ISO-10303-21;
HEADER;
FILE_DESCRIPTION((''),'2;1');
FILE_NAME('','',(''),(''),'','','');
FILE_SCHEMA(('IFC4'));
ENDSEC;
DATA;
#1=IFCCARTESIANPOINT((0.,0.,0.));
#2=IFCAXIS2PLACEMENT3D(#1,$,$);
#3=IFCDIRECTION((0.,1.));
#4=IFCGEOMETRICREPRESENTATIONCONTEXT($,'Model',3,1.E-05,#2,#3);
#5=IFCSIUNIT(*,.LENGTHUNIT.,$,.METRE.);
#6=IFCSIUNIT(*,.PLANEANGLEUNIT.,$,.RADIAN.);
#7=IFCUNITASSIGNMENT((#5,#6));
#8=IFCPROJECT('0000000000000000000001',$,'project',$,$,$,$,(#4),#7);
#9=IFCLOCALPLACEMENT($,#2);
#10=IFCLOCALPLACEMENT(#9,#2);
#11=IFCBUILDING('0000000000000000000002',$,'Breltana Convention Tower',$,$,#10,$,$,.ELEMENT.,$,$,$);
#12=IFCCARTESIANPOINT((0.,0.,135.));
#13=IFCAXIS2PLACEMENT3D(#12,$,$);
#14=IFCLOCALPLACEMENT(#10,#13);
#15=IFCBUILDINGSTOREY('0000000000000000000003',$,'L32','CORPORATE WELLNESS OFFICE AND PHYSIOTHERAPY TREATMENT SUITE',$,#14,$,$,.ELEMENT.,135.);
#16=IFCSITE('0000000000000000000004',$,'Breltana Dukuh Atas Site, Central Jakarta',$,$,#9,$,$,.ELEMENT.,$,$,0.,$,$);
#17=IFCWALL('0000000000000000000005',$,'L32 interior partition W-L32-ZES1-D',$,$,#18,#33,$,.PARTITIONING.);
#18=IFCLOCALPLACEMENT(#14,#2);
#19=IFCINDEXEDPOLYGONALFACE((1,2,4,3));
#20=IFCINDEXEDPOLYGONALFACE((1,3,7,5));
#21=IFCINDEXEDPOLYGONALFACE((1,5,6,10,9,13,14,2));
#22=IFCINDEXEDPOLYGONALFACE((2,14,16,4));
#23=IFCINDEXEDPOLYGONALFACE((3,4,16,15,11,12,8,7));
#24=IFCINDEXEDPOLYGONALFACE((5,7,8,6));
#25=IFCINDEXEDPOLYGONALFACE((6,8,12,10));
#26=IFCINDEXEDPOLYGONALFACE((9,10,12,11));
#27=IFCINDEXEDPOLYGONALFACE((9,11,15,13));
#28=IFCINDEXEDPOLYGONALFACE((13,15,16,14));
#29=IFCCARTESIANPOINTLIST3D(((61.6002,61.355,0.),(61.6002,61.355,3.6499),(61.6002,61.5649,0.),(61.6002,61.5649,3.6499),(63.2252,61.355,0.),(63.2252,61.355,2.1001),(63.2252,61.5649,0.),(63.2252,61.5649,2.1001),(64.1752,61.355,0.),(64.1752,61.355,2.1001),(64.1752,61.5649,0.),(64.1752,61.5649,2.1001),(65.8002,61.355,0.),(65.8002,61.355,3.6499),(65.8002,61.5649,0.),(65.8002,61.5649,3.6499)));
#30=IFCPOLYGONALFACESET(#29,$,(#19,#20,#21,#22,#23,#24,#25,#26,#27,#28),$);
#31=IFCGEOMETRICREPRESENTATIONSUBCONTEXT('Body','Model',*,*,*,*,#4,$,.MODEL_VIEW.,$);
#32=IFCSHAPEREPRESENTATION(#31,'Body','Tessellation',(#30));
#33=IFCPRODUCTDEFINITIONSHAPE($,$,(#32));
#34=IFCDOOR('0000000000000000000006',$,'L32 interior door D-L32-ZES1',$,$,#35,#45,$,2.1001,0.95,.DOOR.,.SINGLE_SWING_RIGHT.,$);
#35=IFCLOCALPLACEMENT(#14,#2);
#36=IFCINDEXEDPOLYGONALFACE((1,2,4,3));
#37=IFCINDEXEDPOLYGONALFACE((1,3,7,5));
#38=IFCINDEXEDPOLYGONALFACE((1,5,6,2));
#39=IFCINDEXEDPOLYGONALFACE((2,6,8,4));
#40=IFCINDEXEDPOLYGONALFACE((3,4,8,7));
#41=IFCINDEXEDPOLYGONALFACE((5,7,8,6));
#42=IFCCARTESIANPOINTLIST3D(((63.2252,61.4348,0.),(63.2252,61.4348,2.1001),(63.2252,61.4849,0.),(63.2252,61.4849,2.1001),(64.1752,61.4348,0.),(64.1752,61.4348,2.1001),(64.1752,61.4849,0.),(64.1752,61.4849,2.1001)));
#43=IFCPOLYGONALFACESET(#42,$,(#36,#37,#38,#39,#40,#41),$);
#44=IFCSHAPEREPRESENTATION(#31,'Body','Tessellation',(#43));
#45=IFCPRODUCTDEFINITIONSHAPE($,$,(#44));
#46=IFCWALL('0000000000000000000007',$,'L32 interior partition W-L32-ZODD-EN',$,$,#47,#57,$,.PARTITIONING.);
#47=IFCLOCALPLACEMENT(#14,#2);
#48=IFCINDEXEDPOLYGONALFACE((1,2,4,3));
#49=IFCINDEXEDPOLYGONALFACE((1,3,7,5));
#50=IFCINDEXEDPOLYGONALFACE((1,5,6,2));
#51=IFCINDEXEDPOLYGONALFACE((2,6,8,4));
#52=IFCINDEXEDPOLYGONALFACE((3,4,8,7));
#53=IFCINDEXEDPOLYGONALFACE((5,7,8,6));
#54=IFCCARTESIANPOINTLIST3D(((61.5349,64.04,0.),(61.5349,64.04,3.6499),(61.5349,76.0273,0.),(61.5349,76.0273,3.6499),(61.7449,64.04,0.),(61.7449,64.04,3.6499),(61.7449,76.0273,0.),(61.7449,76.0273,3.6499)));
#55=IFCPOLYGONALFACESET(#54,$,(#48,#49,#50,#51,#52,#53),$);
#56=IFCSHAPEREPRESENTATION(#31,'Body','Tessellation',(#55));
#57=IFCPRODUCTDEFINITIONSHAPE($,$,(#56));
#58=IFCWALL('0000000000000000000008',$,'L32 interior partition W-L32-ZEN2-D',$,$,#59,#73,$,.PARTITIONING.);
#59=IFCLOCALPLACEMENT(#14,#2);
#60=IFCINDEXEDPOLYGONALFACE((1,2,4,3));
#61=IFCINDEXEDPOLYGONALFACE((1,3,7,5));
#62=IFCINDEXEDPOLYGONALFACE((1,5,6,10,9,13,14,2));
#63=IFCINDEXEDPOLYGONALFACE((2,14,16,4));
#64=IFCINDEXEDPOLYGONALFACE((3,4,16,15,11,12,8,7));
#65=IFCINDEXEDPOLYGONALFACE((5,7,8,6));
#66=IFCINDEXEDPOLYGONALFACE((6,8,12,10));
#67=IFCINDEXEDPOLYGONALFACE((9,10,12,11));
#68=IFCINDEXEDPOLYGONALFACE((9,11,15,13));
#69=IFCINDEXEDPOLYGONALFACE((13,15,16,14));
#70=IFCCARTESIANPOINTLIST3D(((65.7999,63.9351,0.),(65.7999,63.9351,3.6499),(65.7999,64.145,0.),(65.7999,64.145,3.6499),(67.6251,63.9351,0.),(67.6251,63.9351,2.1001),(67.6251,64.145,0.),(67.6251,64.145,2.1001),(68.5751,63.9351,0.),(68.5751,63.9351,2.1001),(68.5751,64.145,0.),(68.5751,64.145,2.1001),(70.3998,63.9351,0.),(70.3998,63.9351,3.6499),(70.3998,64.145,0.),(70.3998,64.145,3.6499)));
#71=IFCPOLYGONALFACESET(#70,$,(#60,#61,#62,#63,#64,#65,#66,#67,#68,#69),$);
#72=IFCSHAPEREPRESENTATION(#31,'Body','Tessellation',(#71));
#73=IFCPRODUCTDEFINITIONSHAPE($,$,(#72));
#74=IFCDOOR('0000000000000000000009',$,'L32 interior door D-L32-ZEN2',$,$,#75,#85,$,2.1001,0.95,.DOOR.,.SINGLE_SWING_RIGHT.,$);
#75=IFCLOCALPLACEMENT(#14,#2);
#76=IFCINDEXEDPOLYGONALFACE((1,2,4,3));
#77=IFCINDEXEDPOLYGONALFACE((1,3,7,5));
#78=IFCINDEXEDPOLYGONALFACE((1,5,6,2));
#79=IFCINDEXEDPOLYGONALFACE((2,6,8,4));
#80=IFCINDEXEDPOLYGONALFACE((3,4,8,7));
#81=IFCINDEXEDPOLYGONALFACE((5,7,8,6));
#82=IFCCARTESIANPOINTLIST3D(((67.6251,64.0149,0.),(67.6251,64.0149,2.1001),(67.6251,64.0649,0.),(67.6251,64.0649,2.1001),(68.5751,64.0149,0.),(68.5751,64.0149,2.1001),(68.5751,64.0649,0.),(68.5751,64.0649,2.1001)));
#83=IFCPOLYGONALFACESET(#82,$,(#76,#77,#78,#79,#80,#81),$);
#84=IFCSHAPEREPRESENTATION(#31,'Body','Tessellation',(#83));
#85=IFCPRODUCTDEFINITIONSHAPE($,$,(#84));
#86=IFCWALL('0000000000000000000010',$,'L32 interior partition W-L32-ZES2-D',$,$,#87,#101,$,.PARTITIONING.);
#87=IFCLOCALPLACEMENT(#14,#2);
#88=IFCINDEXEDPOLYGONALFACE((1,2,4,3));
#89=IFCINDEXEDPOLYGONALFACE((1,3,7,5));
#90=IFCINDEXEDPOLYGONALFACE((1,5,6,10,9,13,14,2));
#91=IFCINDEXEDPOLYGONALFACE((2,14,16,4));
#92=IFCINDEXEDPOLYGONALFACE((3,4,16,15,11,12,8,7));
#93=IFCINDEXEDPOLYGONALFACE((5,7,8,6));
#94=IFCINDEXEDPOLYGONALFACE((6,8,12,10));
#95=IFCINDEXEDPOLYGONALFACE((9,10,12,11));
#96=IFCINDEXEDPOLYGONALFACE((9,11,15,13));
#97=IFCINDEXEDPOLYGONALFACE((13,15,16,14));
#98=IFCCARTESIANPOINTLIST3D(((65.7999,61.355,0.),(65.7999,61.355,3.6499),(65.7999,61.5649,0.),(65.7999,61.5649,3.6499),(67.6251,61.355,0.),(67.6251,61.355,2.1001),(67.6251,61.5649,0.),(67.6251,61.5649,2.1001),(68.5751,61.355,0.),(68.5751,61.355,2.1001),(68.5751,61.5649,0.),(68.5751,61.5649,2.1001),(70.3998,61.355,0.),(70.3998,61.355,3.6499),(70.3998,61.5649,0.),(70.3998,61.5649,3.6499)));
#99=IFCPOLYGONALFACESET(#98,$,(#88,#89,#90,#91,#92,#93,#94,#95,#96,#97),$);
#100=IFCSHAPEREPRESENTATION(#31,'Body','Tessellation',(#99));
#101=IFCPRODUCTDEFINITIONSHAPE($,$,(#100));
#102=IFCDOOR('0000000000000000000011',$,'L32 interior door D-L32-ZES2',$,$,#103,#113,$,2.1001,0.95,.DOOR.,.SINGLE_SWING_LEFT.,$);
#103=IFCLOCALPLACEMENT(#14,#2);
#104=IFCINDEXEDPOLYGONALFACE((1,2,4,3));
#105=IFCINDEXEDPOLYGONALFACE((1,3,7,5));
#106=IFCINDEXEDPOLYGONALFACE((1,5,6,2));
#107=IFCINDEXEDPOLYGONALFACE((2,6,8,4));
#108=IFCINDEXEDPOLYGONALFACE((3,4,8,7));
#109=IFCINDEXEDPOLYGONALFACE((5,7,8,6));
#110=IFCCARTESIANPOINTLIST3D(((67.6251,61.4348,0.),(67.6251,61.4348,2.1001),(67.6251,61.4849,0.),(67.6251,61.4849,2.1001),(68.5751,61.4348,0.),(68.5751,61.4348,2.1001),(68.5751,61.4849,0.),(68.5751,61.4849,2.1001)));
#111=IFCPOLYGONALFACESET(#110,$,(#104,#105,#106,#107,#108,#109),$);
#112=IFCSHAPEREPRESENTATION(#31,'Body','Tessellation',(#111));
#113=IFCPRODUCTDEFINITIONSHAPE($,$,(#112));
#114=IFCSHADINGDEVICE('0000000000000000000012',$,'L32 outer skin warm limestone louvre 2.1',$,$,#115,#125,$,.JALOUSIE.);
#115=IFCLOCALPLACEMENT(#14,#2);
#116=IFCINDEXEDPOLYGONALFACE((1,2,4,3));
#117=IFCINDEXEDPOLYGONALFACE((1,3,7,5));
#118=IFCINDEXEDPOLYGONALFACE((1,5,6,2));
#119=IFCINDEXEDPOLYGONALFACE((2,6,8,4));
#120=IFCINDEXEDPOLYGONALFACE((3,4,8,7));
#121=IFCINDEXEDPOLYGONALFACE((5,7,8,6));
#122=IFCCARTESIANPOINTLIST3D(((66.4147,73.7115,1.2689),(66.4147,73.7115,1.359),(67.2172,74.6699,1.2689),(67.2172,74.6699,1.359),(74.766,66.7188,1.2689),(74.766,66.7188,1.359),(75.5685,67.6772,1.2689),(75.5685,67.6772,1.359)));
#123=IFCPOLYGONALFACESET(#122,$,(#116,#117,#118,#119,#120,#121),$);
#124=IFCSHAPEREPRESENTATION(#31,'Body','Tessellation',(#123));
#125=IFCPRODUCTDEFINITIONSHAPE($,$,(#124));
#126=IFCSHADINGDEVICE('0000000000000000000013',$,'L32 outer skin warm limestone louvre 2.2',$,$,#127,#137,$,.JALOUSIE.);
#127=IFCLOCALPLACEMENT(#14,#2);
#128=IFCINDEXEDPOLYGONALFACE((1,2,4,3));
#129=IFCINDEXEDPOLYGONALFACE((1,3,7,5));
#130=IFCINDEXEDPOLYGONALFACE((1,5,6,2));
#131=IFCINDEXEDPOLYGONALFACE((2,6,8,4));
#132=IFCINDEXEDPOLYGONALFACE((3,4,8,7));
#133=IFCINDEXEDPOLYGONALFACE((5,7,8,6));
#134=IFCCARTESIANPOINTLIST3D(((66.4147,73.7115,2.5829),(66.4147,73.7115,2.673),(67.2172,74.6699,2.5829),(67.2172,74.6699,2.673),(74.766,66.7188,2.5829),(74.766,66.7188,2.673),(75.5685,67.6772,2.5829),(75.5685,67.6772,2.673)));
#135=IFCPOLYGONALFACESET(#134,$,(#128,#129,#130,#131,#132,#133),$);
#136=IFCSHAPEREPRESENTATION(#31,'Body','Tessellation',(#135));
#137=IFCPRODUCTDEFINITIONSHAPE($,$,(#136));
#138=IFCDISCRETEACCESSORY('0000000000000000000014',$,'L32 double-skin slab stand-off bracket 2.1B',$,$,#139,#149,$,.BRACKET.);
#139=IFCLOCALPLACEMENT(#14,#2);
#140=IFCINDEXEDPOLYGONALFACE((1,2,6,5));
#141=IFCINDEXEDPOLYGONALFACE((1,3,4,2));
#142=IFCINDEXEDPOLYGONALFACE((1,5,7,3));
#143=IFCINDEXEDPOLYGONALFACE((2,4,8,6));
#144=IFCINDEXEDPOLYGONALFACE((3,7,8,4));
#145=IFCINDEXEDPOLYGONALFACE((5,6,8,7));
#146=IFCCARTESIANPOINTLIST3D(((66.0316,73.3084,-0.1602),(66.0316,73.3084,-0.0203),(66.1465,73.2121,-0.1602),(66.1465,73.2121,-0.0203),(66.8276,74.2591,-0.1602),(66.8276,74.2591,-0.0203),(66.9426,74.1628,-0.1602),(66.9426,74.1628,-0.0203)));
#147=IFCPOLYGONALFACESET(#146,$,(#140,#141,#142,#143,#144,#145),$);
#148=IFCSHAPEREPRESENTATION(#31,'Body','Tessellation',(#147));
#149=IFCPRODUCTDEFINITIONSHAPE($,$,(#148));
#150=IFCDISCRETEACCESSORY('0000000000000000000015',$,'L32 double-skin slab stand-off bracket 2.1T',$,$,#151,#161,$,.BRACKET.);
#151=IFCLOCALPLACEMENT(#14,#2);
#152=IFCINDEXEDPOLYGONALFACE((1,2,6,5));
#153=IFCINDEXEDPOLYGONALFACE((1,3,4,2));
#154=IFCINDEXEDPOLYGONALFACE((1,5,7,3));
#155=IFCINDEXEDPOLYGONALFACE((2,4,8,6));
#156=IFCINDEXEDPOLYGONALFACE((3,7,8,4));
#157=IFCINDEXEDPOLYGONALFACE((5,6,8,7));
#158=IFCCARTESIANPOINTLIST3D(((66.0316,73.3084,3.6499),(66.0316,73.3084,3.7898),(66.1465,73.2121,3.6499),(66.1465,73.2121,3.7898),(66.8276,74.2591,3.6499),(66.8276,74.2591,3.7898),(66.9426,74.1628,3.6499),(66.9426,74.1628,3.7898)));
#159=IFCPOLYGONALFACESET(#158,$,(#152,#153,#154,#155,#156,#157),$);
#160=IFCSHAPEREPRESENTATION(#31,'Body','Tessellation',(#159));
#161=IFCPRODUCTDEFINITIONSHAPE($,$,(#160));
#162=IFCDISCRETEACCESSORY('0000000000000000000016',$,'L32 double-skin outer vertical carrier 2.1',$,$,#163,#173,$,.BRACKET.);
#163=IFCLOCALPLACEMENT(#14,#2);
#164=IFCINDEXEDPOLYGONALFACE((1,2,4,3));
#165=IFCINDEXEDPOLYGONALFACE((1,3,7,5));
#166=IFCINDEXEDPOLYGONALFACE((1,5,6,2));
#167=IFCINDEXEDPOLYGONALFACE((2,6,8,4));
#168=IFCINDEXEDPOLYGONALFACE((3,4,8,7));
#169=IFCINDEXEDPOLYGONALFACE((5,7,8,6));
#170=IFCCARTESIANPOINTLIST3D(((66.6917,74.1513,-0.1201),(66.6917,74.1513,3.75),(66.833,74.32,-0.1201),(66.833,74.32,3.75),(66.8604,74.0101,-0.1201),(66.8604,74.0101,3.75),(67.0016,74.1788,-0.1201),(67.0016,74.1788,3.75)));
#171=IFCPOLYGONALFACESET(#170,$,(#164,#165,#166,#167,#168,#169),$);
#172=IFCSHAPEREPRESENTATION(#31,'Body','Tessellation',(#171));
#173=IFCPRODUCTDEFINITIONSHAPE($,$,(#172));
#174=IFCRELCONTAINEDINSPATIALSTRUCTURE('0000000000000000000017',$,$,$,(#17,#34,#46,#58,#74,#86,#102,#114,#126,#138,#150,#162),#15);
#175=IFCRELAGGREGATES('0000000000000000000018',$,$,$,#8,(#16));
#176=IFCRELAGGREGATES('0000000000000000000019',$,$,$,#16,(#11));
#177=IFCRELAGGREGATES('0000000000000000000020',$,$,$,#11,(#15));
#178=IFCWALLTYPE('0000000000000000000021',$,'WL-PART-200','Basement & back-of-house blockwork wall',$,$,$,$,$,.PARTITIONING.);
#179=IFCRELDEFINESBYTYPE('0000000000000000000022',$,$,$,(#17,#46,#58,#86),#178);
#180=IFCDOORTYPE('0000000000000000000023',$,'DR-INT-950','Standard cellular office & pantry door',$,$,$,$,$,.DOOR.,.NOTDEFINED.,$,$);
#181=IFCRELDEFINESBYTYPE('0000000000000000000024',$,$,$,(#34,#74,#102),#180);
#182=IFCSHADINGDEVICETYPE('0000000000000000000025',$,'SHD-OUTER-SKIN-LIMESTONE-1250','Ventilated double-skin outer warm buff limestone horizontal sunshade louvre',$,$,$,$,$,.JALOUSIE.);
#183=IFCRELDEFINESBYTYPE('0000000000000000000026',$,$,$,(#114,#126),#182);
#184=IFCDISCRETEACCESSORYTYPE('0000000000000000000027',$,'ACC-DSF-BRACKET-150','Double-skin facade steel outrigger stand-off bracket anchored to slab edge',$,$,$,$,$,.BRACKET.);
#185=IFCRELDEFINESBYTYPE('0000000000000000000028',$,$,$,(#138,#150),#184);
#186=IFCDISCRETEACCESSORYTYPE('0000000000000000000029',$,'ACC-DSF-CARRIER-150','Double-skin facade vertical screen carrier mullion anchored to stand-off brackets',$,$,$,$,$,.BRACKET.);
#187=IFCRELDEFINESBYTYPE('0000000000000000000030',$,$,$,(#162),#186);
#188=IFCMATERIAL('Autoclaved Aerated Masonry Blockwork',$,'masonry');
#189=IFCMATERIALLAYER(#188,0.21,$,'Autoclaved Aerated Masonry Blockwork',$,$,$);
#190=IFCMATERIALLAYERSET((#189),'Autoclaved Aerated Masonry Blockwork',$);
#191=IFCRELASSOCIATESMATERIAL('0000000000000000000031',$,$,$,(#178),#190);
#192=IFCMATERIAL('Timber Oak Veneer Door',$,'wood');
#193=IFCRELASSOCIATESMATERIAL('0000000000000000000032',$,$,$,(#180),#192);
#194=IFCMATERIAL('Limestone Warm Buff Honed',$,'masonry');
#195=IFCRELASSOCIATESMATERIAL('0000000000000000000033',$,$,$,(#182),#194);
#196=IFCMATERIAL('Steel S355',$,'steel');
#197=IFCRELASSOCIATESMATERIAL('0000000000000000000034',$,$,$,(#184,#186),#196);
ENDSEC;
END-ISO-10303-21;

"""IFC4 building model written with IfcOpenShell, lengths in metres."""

from ifc_helpers import new_model, si_unit, direction, frame, frame_2d, origin, origin_2d, place, context, subcontext, project, spatial, rectangle, extrude, source, transform, mapped, material, layer, layer_set, material_profile, profile_set, type_object, type_shapes, element, fill, save


model = new_model("IFC4")

# Units and contexts
model_context = context("Model", 3, precision=1e-05, world=origin(), true_north=direction((0.0, 1.0)))
body_context = subcontext(model_context, "Body", "Model", "MODEL_VIEW")
ifc_project = project(units=[si_unit("LENGTHUNIT", "METRE"), si_unit("PLANEANGLEUNIT", "RADIAN")], contexts=[model_context])

# Site, building, storey
site_placement = place(None, origin())
site = spatial("IfcSite", under=ifc_project, at=site_placement, Name="Breltana Dukuh Atas Site, Central Jakarta", CompositionType="ELEMENT", RefElevation=0.0)
building_placement = place(site_placement, origin())
building = spatial("IfcBuilding", under=site, at=building_placement, Name="Breltana Convention Tower", CompositionType="ELEMENT")
storey_placement = place(building_placement, frame((0.0, 0.0, 135.0)))
storey = spatial("IfcBuildingStorey", under=building, at=storey_placement, Name="L32", Description="CORPORATE WELLNESS OFFICE AND PHYSIOTHERAPY TREATMENT SUITE", CompositionType="ELEMENT", Elevation=135.0)

# Shared definitions
ifc_material_1 = material(Name="Autoclaved Aerated Masonry Blockwork", Category="masonry")
ifc_layer_1 = layer(ifc_material_1, 0.21, Name="Autoclaved Aerated Masonry Blockwork")
ifc_layer_set_1 = layer_set([ifc_layer_1], Name="Autoclaved Aerated Masonry Blockwork")
wall_type_1 = type_object("IfcWallType", Name="WL-PART-200", Description="Basement & back-of-house blockwork wall", PredefinedType="PARTITIONING", material=ifc_layer_set_1)

# Wall, opening, door
shared_shape_1 = source(origin(), body_context, "Body", "SweptSolid", [
    extrude(rectangle(XDim=4.2, YDim=0.21, at=frame_2d((2.1001, 0.0))), origin(), (0.0, 0.0, 1.0), 3.6499),
])
ifc_material_2 = material(Name="Timber Oak Veneer Door", Category="wood")
door_type = type_object("IfcDoorType", Name="DR-INT-950", Description="Standard cellular office & pantry door", OperationType="NOTDEFINED", PredefinedType="DOOR", material=ifc_material_2)
shared_shape_2 = source(origin(), body_context, "Body", "SweptSolid", [
    extrude(rectangle(XDim=0.95, YDim=2.1001, at=frame_2d((0.4751, 1.05))), frame((0.0, 0.0249, 0.0), z_axis=(0.0, -1.0, 0.0), x_axis=(1.0, 0.0, 0.0)), (0.0, 0.0, 1.0), 0.05),
])
type_shapes(door_type, [shared_shape_2])
wall_1_placement = place(storey_placement, frame((61.6001, 61.46, 0.0), z_axis=(0.0, 0.0, 1.0), x_axis=(1.0, 0.0, 0.0)))
wall_1 = element("IfcWall", 1, at=wall_1_placement, inside=storey, type_object=wall_type_1, Name="L32 interior partition W-L32-ZES1-D", PredefinedType="PARTITIONING", context=body_context, shape_type="MappedRepresentation", body=[
    mapped(shared_shape_1, transform((0.0, 0.0, 0.0), scale=1.0)),
])
opening_1_placement = place(wall_1_placement, frame((1.625, 0.0, 0.0)))
opening_1 = element("IfcOpeningElement", 2, at=opening_1_placement, cuts=wall_1, PredefinedType="OPENING", context=body_context, shape_type="SweptSolid", body=[
    extrude(rectangle(XDim=0.95, YDim=2.1001, at=frame_2d((0.4751, 1.05))), frame((0.0, 0.115, 0.0), z_axis=(0.0, -1.0, 0.0), x_axis=(1.0, 0.0, 0.0)), (0.0, 0.0, 1.0), 0.23),
])
door_1_placement = place(opening_1_placement, origin())
door_1 = element("IfcDoor", 3, at=door_1_placement, inside=storey, type_object=door_type, Name="L32 interior door D-L32-ZES1", OperationType="SINGLE_SWING_RIGHT", OverallHeight=2.1001, OverallWidth=0.95, PredefinedType="DOOR", context=body_context, shape_type="MappedRepresentation", body=[
    mapped(shared_shape_2, transform((0.0, 0.0, 0.0), scale=1.0)),
])
fill(opening_1, door_1)

# Wall
shared_shape_3 = source(origin(), body_context, "Body", "SweptSolid", [
    extrude(rectangle(XDim=11.9873, YDim=0.21, at=frame_2d((5.9937, 0.0))), origin(), (0.0, 0.0, 1.0), 3.6499),
])
wall_2_placement = place(storey_placement, frame((61.6399, 64.04, 0.0), z_axis=(0.0, 0.0, 1.0), x_axis=(0.0, 1.0, 0.0)))
element("IfcWall", 4, at=wall_2_placement, inside=storey, type_object=wall_type_1, Name="L32 interior partition W-L32-ZODD-EN", PredefinedType="PARTITIONING", context=body_context, shape_type="MappedRepresentation", body=[
    mapped(shared_shape_3, transform((0.0, 0.0, 0.0), scale=1.0)),
])

# Walls, openings, doors
shared_shape_4 = source(origin(), body_context, "Body", "SweptSolid", [
    extrude(rectangle(XDim=4.5999, YDim=0.21, at=frame_2d((2.2998, 0.0))), origin(), (0.0, 0.0, 1.0), 3.6499),
])
wall_3_placement = place(storey_placement, frame((65.8, 64.04, 0.0), z_axis=(0.0, 0.0, 1.0), x_axis=(1.0, 0.0, 0.0)))
wall_3 = element("IfcWall", 5, at=wall_3_placement, inside=storey, type_object=wall_type_1, Name="L32 interior partition W-L32-ZEN2-D", PredefinedType="PARTITIONING", context=body_context, shape_type="MappedRepresentation", body=[
    mapped(shared_shape_4, transform((0.0, 0.0, 0.0), scale=1.0)),
])
opening_2_placement = place(wall_3_placement, frame((1.825, 0.0, 0.0)))
opening_2 = element("IfcOpeningElement", 6, at=opening_2_placement, cuts=wall_3, PredefinedType="OPENING", context=body_context, shape_type="SweptSolid", body=[
    extrude(rectangle(XDim=0.95, YDim=2.1001, at=frame_2d((0.4751, 1.05))), frame((0.0, 0.115, 0.0), z_axis=(0.0, -1.0, 0.0), x_axis=(1.0, 0.0, 0.0)), (0.0, 0.0, 1.0), 0.23),
])
door_2_placement = place(opening_2_placement, origin())
door_2 = element("IfcDoor", 7, at=door_2_placement, inside=storey, type_object=door_type, Name="L32 interior door D-L32-ZEN2", OperationType="SINGLE_SWING_RIGHT", OverallHeight=2.1001, OverallWidth=0.95, PredefinedType="DOOR", context=body_context, shape_type="MappedRepresentation", body=[
    mapped(shared_shape_2, transform((0.0, 0.0, 0.0), scale=1.0)),
])
fill(opening_2, door_2)
wall_4_placement = place(storey_placement, frame((65.8, 61.46, 0.0), z_axis=(0.0, 0.0, 1.0), x_axis=(1.0, 0.0, 0.0)))
wall_4 = element("IfcWall", 8, at=wall_4_placement, inside=storey, type_object=wall_type_1, Name="L32 interior partition W-L32-ZES2-D", PredefinedType="PARTITIONING", context=body_context, shape_type="MappedRepresentation", body=[
    mapped(shared_shape_4, transform((0.0, 0.0, 0.0), scale=1.0)),
])
opening_3_placement = place(wall_4_placement, frame((1.825, 0.0, 0.0)))
opening_3 = element("IfcOpeningElement", 9, at=opening_3_placement, cuts=wall_4, PredefinedType="OPENING", context=body_context, shape_type="SweptSolid", body=[
    extrude(rectangle(XDim=0.95, YDim=2.1001, at=frame_2d((0.4751, 1.05))), frame((0.0, 0.115, 0.0), z_axis=(0.0, -1.0, 0.0), x_axis=(1.0, 0.0, 0.0)), (0.0, 0.0, 1.0), 0.23),
])
door_3_placement = place(opening_3_placement, origin())
door_3 = element("IfcDoor", 10, at=door_3_placement, inside=storey, type_object=door_type, Name="L32 interior door D-L32-ZES2", OperationType="SINGLE_SWING_LEFT", OverallHeight=2.1001, OverallWidth=0.95, PredefinedType="DOOR", context=body_context, shape_type="MappedRepresentation", body=[
    mapped(shared_shape_2, transform((0.0, 0.0, 0.0), scale=1.0)),
])
fill(opening_3, door_3)

# Shading devices
ifc_material_3 = material(Name="Limestone Warm Buff Honed", Category="masonry")
ifc_material_profile_1 = material_profile(ifc_material_3, rectangle(XDim=1.25, YDim=0.0901, at=origin_2d()), Name="STN-LVR-1250X90")
ifc_profile_set_1 = profile_set([ifc_material_profile_1], Name="Limestone Warm Buff Honed")
shading_device_type = type_object("IfcShadingDeviceType", Name="SHD-OUTER-SKIN-LIMESTONE-1250", Description="Ventilated double-skin outer warm buff limestone horizontal sunshade louvre", PredefinedType="JALOUSIE", material=ifc_profile_set_1)
shared_shape_5 = source(origin(), body_context, "Body", "SweptSolid", [
    extrude(rectangle(XDim=1.25, YDim=0.0901, at=origin_2d()), origin(), (0.0, 0.0, 1.0), 10.8923),
])
for number, where, z_axis, x_axis, name in (
    (11, (66.8159, 74.1907, 1.314), (0.766718, -0.641984, 0.0), (0.641984, 0.766718, 0.0), "L32 outer skin warm limestone louvre 2.1"),
    (12, (66.8159, 74.1907, 2.6279), (0.766718, -0.641984, 0.0), (0.641984, 0.766718, 0.0), "L32 outer skin warm limestone louvre 2.2"),
):
    element("IfcShadingDevice", number, at=place(storey_placement, frame(where, z_axis=z_axis, x_axis=x_axis)), inside=storey, type_object=shading_device_type, Name=name, PredefinedType="JALOUSIE", context=body_context, shape_type="MappedRepresentation", body=[
        mapped(shared_shape_5, transform((0.0, 0.0, 0.0), scale=1.0)),
    ])

# Discrete accessories
ifc_material_4 = material(Name="Steel S355", Category="steel")
discrete_accessory_type_1 = type_object("IfcDiscreteAccessoryType", Name="ACC-DSF-BRACKET-150", Description="Double-skin facade steel outrigger stand-off bracket anchored to slab edge", PredefinedType="BRACKET", material=ifc_material_4)
shared_shape_6 = source(origin(), body_context, "Body", "SweptSolid", [
    extrude(rectangle(XDim=1.24, YDim=0.1499, at=origin_2d()), origin(), (0.0, 0.0, 1.0), 0.1399),
])
type_shapes(discrete_accessory_type_1, [shared_shape_6])
for number, where, z_axis, x_axis, name in (
    (13, (66.4871, 73.7356, -0.1602), (0.0, 0.0, 1.0), (0.641987, 0.766715, 0.0), "L32 double-skin slab stand-off bracket 2.1B"),
    (14, (66.4871, 73.7356, 3.6499), (0.0, 0.0, 1.0), (0.641987, 0.766715, 0.0), "L32 double-skin slab stand-off bracket 2.1T"),
):
    element("IfcDiscreteAccessory", number, at=place(storey_placement, frame(where, z_axis=z_axis, x_axis=x_axis)), inside=storey, type_object=discrete_accessory_type_1, Name=name, PredefinedType="BRACKET", context=body_context, shape_type="MappedRepresentation", body=[
        mapped(shared_shape_6, transform((0.0, 0.0, 0.0), scale=1.0)),
    ])
discrete_accessory_type_2 = type_object("IfcDiscreteAccessoryType", Name="ACC-DSF-CARRIER-150", Description="Double-skin facade vertical screen carrier mullion anchored to stand-off brackets", PredefinedType="BRACKET", material=ifc_material_4)
shared_shape_7 = source(origin(), body_context, "Body", "SweptSolid", [
    extrude(rectangle(XDim=0.22, YDim=0.22, at=origin_2d()), origin(), (0.0, 0.0, 1.0), 3.8701),
])
discrete_accessory_placement = place(storey_placement, frame((66.8467, 74.165, -0.1201), z_axis=(0.0, 0.0, 1.0), x_axis=(0.641987, 0.766715, 0.0)))
element("IfcDiscreteAccessory", 15, at=discrete_accessory_placement, inside=storey, type_object=discrete_accessory_type_2, Name="L32 double-skin outer vertical carrier 2.1", PredefinedType="BRACKET", context=body_context, shape_type="MappedRepresentation", body=[
    mapped(shared_shape_7, transform((0.0, 0.0, 0.0), scale=1.0)),
])

save(model, "model.ifc")
